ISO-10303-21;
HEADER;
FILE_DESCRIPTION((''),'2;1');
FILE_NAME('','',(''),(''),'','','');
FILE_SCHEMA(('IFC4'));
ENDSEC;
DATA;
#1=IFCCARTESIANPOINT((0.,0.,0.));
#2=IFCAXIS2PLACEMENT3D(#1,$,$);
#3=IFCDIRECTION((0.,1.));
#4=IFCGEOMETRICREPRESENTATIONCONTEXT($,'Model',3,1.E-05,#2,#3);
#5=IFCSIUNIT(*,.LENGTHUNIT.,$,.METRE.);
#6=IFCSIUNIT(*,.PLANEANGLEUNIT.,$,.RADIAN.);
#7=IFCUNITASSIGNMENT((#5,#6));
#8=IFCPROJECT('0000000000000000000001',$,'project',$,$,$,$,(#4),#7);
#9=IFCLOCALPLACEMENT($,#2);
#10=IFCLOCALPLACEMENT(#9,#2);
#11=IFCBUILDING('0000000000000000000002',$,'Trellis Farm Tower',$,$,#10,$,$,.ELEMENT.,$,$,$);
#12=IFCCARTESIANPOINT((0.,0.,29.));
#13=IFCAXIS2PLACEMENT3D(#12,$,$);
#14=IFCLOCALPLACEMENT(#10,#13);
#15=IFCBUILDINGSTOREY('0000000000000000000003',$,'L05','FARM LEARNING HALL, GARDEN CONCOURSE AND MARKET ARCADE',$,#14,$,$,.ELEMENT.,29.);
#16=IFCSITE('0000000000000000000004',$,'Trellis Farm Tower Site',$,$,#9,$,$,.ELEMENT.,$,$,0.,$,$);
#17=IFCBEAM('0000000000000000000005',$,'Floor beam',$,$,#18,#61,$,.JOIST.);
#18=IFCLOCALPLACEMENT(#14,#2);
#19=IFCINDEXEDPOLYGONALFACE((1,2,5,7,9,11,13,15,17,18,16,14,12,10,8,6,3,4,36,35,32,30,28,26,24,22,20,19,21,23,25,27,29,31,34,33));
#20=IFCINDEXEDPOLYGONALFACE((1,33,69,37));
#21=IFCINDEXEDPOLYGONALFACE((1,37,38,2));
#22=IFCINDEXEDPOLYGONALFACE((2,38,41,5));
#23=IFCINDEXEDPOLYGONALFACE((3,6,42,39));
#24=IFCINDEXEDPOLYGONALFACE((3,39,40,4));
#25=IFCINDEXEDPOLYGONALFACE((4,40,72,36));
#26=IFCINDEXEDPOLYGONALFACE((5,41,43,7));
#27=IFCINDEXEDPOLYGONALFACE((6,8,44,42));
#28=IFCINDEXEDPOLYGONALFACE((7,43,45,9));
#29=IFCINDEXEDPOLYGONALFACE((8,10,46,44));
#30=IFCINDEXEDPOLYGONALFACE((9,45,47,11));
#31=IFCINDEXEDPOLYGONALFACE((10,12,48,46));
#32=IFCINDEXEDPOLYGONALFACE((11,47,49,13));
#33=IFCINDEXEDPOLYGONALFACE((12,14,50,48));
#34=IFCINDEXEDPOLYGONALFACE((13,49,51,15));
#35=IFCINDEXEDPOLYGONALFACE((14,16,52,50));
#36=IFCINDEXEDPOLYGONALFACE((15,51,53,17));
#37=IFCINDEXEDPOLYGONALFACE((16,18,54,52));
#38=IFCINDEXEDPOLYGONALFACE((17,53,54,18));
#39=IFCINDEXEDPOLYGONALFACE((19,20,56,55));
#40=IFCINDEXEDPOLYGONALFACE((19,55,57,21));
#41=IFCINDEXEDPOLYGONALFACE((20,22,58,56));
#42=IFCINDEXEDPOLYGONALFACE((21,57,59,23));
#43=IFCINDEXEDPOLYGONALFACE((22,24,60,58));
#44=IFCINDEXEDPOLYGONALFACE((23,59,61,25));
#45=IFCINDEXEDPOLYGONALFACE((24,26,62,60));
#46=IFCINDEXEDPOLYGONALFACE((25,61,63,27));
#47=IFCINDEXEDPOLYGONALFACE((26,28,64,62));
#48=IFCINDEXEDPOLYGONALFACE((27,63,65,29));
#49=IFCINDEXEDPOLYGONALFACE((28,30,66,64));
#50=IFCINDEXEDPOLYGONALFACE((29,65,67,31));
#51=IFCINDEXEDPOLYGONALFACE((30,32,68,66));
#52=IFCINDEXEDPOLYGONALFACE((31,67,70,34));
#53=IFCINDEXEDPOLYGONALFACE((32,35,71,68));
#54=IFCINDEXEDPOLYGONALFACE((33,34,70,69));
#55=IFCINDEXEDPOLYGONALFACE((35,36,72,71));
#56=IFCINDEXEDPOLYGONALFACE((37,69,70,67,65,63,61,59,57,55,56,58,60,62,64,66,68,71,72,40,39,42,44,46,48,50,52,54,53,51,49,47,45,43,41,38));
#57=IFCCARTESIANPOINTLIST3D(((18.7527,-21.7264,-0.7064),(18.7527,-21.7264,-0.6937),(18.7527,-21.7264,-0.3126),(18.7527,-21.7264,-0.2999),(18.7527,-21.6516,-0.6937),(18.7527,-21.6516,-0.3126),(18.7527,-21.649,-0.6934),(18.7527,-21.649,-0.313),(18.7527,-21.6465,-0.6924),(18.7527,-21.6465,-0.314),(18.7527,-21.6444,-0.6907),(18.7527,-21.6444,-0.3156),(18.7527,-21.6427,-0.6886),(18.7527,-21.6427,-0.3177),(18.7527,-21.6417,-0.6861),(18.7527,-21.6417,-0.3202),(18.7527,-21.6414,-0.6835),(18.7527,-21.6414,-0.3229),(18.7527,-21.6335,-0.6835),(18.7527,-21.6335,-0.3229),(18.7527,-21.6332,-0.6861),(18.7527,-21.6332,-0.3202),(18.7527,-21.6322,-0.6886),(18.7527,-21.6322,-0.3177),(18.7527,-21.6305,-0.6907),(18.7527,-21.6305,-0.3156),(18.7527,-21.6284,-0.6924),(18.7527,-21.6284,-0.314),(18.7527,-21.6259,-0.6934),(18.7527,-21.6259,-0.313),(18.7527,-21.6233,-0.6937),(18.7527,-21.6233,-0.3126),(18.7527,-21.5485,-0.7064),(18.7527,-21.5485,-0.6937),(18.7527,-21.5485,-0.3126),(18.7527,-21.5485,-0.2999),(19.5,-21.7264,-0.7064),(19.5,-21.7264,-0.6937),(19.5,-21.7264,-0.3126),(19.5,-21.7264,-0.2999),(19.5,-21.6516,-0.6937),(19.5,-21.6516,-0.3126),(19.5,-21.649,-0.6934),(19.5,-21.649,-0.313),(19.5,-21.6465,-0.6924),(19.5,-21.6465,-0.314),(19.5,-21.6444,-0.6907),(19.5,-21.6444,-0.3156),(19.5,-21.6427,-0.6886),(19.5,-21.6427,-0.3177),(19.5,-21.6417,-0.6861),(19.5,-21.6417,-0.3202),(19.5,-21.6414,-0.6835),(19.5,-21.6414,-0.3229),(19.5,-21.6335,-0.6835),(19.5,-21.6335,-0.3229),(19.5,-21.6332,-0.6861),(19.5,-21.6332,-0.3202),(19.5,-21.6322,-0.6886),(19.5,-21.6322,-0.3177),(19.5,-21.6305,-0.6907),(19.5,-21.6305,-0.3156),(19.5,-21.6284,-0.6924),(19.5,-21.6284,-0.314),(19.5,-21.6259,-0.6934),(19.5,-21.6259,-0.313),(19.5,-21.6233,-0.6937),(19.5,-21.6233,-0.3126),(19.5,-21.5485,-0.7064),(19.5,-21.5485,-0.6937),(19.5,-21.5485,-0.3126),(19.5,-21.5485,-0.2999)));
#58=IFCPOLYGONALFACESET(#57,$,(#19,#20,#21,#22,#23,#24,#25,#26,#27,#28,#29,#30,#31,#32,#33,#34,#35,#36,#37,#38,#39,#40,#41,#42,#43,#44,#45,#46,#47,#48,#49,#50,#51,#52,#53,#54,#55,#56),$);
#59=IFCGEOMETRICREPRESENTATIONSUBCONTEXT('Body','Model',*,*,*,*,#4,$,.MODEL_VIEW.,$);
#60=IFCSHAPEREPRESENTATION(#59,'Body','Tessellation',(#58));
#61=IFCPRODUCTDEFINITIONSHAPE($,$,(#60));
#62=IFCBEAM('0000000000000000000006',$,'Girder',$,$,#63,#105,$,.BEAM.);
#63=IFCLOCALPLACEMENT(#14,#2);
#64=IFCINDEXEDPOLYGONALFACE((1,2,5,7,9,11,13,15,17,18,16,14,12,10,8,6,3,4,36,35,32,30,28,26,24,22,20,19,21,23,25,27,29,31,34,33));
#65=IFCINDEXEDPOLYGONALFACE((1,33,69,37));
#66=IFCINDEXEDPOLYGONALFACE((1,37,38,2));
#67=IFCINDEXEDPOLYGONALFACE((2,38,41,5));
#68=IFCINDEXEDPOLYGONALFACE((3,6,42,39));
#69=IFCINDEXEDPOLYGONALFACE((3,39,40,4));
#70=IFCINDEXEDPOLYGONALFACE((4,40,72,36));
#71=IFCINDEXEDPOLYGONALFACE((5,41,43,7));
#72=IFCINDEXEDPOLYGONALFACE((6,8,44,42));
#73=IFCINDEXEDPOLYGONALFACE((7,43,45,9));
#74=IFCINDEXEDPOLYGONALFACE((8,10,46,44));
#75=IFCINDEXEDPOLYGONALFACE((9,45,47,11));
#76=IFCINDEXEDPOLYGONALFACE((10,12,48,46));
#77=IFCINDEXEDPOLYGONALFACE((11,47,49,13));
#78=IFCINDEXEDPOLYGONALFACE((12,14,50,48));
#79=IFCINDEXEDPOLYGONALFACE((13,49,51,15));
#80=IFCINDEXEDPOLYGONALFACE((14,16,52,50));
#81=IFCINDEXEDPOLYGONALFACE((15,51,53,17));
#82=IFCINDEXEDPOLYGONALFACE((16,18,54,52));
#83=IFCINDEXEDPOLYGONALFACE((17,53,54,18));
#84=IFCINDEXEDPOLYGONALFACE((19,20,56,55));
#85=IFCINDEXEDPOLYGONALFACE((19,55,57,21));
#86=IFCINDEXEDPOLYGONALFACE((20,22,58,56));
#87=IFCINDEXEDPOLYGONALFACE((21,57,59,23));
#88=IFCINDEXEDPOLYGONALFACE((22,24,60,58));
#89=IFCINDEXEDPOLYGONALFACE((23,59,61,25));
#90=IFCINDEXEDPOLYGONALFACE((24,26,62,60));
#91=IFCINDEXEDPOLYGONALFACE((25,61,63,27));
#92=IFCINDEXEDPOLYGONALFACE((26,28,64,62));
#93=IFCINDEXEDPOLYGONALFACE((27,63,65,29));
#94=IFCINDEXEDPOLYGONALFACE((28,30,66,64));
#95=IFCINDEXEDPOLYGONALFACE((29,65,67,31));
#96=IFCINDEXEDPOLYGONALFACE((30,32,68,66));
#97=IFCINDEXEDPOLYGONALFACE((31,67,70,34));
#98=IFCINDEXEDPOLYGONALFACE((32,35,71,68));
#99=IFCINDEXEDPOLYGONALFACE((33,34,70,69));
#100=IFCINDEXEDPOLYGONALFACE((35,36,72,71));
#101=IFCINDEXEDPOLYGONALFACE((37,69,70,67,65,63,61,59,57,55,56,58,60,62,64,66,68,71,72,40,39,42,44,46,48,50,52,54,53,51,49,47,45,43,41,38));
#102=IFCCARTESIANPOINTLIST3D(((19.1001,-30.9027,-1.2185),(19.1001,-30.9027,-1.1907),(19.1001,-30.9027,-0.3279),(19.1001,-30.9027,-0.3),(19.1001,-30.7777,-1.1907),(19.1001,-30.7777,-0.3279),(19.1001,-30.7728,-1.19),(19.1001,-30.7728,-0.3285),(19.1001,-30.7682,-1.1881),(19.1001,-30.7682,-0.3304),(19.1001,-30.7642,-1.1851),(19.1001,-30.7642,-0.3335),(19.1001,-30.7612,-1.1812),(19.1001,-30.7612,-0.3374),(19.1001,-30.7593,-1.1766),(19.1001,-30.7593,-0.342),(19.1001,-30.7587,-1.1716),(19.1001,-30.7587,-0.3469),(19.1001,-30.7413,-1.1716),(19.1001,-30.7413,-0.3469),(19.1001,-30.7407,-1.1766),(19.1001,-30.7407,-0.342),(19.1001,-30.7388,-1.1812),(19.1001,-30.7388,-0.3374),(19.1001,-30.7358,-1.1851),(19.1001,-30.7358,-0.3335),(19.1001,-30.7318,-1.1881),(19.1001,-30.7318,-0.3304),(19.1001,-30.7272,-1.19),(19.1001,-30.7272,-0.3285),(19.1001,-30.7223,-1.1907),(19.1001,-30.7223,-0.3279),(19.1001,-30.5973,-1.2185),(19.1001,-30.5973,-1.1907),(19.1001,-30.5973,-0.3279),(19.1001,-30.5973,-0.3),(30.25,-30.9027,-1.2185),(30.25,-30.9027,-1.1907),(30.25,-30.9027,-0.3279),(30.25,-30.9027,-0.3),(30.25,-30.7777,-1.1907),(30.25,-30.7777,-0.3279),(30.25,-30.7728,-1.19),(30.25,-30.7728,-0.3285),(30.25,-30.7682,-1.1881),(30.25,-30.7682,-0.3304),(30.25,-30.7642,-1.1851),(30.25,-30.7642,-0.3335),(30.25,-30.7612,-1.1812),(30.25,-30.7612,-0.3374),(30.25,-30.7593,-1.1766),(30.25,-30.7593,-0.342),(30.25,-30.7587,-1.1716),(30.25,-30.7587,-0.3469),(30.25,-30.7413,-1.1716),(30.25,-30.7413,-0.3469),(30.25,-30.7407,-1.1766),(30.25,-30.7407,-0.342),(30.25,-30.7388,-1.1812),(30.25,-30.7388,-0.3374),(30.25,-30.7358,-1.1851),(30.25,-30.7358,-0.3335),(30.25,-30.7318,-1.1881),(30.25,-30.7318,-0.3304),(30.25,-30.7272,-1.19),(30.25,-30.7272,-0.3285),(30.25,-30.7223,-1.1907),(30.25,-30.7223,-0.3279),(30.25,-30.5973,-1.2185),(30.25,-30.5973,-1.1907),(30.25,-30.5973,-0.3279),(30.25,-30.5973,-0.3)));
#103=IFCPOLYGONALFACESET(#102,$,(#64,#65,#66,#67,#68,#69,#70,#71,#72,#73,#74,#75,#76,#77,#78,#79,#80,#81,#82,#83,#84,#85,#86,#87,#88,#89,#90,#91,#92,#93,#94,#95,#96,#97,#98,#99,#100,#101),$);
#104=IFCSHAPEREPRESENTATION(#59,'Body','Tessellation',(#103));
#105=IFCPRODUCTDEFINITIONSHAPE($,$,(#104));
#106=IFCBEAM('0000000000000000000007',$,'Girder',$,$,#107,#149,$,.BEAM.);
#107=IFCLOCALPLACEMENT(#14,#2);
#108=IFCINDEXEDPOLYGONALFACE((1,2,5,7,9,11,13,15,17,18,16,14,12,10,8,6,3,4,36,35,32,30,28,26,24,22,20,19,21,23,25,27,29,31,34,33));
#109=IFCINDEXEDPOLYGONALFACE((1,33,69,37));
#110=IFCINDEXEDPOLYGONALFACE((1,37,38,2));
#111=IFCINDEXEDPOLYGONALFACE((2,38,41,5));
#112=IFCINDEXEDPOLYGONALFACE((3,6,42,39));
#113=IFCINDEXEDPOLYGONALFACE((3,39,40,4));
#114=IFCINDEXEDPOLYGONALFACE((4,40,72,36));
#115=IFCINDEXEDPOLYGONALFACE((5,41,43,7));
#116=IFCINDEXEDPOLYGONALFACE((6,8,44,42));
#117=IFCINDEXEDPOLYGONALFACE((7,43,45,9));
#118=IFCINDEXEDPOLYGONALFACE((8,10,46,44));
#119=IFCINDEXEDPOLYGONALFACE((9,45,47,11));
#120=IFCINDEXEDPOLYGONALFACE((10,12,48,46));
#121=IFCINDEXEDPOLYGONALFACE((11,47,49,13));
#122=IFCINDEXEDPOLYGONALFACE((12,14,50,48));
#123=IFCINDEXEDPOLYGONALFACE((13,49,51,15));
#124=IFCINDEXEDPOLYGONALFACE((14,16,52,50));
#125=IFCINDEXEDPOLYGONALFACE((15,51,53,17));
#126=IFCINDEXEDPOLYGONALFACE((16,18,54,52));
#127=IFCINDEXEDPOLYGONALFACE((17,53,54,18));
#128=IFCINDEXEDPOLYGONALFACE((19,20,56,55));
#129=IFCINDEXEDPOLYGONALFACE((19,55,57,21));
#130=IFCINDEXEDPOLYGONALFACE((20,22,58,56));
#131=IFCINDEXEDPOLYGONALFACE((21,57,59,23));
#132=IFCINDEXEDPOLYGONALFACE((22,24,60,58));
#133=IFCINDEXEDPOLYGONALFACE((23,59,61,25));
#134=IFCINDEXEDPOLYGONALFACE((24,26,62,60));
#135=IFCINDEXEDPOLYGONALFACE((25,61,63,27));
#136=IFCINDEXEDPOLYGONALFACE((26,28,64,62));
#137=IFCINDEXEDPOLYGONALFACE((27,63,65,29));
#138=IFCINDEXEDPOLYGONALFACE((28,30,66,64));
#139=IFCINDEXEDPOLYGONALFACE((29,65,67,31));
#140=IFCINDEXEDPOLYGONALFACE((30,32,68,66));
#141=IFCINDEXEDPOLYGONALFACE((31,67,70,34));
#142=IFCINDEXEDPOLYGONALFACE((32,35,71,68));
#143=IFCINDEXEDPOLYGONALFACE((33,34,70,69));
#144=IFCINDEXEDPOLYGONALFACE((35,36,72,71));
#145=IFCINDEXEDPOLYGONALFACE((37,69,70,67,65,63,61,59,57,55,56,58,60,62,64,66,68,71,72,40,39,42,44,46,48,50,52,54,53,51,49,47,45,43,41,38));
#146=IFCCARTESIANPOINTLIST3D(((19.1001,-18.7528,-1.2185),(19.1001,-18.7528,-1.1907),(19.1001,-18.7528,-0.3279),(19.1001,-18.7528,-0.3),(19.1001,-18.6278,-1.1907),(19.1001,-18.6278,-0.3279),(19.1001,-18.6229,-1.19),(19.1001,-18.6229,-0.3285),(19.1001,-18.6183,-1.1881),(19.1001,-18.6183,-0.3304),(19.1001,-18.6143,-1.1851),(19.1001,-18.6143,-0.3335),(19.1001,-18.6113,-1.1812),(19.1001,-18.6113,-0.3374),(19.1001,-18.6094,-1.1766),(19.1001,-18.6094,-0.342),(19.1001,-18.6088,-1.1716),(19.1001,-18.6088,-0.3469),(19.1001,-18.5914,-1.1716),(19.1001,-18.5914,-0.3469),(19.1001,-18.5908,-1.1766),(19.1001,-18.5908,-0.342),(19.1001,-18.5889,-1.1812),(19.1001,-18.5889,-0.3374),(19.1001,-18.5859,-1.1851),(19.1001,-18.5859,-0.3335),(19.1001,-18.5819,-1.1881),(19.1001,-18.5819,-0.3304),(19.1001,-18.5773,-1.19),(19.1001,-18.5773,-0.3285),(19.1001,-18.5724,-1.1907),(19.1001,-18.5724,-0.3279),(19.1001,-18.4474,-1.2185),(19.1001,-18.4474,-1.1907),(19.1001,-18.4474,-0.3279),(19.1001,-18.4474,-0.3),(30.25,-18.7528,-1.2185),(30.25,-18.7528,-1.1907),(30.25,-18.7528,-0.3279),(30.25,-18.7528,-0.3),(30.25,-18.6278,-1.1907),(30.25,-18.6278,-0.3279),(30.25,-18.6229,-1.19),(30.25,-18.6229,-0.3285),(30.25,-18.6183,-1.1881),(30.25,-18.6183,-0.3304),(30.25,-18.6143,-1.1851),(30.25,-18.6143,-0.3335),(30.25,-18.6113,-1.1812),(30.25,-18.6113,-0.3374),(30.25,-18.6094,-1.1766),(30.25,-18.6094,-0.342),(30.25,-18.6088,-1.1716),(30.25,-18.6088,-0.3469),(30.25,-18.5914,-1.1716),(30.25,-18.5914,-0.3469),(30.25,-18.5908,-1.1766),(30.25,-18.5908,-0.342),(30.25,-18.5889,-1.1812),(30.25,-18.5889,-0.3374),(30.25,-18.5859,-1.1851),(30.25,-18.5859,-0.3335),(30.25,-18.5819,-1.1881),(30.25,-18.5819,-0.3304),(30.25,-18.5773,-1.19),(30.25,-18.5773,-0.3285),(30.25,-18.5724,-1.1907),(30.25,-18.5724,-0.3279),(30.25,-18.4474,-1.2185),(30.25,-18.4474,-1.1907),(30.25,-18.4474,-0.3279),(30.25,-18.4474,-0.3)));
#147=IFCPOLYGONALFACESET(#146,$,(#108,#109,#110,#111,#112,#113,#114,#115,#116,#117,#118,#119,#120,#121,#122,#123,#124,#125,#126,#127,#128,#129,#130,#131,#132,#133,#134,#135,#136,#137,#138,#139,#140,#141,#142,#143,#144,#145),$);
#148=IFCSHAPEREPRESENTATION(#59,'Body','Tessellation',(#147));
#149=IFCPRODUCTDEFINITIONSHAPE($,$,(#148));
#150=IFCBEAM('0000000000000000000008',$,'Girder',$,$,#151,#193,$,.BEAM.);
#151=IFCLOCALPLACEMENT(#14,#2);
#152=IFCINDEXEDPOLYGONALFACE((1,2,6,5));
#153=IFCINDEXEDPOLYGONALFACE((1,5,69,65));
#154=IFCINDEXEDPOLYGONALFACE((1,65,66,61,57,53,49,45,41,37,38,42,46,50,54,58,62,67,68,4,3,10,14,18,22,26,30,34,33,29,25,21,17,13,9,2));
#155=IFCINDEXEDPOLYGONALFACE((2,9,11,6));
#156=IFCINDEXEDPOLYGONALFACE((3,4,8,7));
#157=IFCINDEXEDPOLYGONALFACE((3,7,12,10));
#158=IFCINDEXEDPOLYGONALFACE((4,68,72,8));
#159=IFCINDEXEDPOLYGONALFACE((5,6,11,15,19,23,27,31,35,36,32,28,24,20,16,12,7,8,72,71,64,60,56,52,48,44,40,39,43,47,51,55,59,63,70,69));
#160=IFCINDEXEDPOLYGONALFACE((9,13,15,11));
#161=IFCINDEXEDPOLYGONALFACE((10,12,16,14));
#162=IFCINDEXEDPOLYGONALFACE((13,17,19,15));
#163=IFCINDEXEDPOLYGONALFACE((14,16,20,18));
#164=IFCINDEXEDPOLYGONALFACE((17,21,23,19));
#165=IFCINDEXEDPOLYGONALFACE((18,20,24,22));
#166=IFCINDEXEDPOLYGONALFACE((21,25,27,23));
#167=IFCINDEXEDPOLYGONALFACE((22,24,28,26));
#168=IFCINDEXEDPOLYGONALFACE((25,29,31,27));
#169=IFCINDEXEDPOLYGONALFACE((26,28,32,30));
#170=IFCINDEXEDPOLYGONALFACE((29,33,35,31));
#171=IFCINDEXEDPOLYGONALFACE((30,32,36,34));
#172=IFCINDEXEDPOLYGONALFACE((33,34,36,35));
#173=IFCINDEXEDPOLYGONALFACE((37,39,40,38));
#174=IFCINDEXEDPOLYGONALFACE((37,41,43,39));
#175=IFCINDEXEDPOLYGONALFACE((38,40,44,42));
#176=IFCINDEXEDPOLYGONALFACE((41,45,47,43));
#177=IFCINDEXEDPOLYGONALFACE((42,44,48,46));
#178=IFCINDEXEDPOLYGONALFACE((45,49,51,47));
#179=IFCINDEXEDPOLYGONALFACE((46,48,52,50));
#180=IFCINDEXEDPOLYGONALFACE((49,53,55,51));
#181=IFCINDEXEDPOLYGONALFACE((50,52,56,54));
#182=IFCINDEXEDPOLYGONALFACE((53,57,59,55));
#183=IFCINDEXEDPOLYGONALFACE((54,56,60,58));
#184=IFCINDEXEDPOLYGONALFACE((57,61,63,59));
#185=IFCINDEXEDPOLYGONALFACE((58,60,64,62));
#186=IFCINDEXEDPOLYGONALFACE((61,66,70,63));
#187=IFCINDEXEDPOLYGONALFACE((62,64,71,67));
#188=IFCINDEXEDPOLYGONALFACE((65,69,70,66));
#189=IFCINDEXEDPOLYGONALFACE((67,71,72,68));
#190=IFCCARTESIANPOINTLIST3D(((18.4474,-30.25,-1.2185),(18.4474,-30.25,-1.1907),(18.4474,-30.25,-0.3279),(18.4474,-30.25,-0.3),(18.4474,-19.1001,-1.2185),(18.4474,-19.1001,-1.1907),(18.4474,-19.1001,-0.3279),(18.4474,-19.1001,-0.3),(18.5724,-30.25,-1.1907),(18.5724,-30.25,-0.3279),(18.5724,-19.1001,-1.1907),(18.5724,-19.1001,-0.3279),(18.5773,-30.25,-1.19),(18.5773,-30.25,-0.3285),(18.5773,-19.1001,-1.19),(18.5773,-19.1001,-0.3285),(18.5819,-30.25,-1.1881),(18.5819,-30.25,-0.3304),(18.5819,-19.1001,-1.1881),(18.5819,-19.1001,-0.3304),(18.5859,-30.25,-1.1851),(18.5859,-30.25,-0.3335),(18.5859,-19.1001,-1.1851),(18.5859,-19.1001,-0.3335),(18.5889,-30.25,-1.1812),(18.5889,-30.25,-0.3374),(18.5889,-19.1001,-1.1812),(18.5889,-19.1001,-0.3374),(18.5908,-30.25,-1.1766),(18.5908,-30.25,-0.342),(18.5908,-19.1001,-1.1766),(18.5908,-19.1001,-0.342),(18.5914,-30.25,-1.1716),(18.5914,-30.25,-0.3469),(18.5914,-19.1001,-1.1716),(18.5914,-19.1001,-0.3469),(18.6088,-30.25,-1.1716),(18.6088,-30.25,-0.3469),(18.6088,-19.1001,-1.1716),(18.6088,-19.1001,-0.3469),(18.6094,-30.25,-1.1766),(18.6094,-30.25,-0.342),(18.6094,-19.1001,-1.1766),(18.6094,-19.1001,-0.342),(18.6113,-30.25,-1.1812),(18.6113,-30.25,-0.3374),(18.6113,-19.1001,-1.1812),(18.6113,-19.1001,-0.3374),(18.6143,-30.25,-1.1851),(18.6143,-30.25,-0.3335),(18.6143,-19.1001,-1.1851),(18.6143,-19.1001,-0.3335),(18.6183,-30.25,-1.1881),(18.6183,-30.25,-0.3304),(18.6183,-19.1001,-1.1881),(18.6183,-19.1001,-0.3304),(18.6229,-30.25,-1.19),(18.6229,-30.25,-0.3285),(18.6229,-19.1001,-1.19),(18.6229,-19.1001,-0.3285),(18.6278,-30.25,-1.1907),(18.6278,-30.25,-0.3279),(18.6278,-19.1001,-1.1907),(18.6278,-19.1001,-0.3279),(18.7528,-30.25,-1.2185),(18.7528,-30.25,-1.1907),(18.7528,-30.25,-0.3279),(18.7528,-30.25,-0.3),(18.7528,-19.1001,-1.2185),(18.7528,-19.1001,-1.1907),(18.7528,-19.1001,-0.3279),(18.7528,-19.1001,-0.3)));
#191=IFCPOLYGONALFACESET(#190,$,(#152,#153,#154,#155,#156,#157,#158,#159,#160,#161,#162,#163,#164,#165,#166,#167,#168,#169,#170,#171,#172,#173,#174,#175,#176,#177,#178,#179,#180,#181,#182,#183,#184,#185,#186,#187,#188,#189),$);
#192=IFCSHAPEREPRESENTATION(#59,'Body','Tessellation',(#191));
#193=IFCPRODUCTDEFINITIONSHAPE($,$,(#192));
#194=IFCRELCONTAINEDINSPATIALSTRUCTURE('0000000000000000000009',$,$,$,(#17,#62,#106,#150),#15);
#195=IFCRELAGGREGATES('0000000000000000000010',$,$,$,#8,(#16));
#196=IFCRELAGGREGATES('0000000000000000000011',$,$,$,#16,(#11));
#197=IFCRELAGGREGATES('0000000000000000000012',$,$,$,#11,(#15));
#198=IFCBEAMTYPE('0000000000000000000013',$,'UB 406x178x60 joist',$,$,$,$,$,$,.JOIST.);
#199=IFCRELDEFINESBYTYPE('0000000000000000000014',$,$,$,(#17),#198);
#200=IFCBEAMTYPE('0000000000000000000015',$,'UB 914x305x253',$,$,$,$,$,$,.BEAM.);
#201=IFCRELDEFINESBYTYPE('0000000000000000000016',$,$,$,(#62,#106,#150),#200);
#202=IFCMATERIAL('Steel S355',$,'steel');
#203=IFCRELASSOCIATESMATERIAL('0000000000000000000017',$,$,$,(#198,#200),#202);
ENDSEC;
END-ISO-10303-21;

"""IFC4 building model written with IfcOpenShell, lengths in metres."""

from ifc_helpers import new_model, si_unit, direction, frame, origin, origin_2d, place, context, subcontext, project, spatial, i_section, extrude, source, transform, mapped, material, material_profile, profile_set, type_object, element, save


model = new_model("IFC4")

# Units and contexts
model_context = context("Model", 3, precision=1e-05, world=origin(), true_north=direction((0.0, 1.0)))
body_context = subcontext(model_context, "Body", "Model", "MODEL_VIEW")
ifc_project = project(units=[si_unit("LENGTHUNIT", "METRE"), si_unit("PLANEANGLEUNIT", "RADIAN")], contexts=[model_context])

# Site, building, storey
site_placement = place(None, origin())
site = spatial("IfcSite", under=ifc_project, at=site_placement, Name="Trellis Farm Tower Site", CompositionType="ELEMENT", RefElevation=0.0)
building_placement = place(site_placement, origin())
building = spatial("IfcBuilding", under=site, at=building_placement, Name="Trellis Farm Tower", CompositionType="ELEMENT")
storey_placement = place(building_placement, frame((0.0, 0.0, 29.0)))
storey = spatial("IfcBuildingStorey", under=building, at=storey_placement, Name="L05", Description="FARM LEARNING HALL, GARDEN CONCOURSE AND MARKET ARCADE", CompositionType="ELEMENT", Elevation=29.0)

# Beams
ifc_material_1 = material(Name="Steel S355", Category="steel")
ifc_material_profile_1 = material_profile(ifc_material_1, i_section(OverallWidth=0.178, OverallDepth=0.4065, WebThickness=0.0078, FlangeThickness=0.0127, FilletRadius=0.0103, at=origin_2d()), Name="UB 406x178x60")
ifc_profile_set_1 = profile_set([ifc_material_profile_1], Name="Steel S355")
beam_type_1 = type_object("IfcBeamType", Name="UB 406x178x60 joist", PredefinedType="JOIST", material=ifc_profile_set_1)
shared_shape_1 = source(origin(), body_context, "Body", "SweptSolid", [
    extrude(i_section(OverallWidth=0.178, OverallDepth=0.4065, WebThickness=0.0078, FlangeThickness=0.0127, FilletRadius=0.0103, at=origin_2d()), origin(), (0.0, 0.0, 1.0), 0.7473),
])
for number, where, z_axis, x_axis, name in (
    (1, (18.7527, -21.6375, -0.5032), (1.0, 0.0, 0.0), (0.0, 1.0, 0.0), "Floor beam"),
):
    element("IfcBeam", number, at=place(storey_placement, frame(where, z_axis=z_axis, x_axis=x_axis)), inside=storey, type_object=beam_type_1, Name=name, PredefinedType="JOIST", context=body_context, shape_type="MappedRepresentation", body=[
        mapped(shared_shape_1, transform((0.0, 0.0, 0.0))),
    ])
ifc_material_profile_2 = material_profile(ifc_material_1, i_section(OverallWidth=0.3054, OverallDepth=0.9185, WebThickness=0.0173, FlangeThickness=0.0278, FilletRadius=0.019, at=origin_2d()), Name="UB 914x305x253")
ifc_profile_set_2 = profile_set([ifc_material_profile_2], Name="Steel S355")
beam_type_2 = type_object("IfcBeamType", Name="UB 914x305x253", PredefinedType="BEAM", material=ifc_profile_set_2)
shared_shape_2 = source(origin(), body_context, "Body", "SweptSolid", [
    extrude(i_section(OverallWidth=0.3054, OverallDepth=0.9185, WebThickness=0.0173, FlangeThickness=0.0278, FilletRadius=0.019, at=origin_2d()), origin(), (0.0, 0.0, 1.0), 11.1499),
])
for number, where, z_axis, x_axis, name in (
    (2, (19.1001, -30.75, -0.7593), (1.0, 0.0, 0.0), (0.0, 1.0, 0.0), "Girder"),
    (3, (19.1001, -18.6001, -0.7593), (1.0, 0.0, 0.0), (0.0, 1.0, 0.0), "Girder"),
    (4, (18.6001, -30.25, -0.7593), (0.0, 1.0, 0.0), (-1.0, 0.0, 0.0), "Girder"),
):
    element("IfcBeam", number, at=place(storey_placement, frame(where, z_axis=z_axis, x_axis=x_axis)), inside=storey, type_object=beam_type_2, Name=name, PredefinedType="BEAM", context=body_context, shape_type="MappedRepresentation", body=[
        mapped(shared_shape_2, transform((0.0, 0.0, 0.0))),
    ])

save(model, "model.ifc")
